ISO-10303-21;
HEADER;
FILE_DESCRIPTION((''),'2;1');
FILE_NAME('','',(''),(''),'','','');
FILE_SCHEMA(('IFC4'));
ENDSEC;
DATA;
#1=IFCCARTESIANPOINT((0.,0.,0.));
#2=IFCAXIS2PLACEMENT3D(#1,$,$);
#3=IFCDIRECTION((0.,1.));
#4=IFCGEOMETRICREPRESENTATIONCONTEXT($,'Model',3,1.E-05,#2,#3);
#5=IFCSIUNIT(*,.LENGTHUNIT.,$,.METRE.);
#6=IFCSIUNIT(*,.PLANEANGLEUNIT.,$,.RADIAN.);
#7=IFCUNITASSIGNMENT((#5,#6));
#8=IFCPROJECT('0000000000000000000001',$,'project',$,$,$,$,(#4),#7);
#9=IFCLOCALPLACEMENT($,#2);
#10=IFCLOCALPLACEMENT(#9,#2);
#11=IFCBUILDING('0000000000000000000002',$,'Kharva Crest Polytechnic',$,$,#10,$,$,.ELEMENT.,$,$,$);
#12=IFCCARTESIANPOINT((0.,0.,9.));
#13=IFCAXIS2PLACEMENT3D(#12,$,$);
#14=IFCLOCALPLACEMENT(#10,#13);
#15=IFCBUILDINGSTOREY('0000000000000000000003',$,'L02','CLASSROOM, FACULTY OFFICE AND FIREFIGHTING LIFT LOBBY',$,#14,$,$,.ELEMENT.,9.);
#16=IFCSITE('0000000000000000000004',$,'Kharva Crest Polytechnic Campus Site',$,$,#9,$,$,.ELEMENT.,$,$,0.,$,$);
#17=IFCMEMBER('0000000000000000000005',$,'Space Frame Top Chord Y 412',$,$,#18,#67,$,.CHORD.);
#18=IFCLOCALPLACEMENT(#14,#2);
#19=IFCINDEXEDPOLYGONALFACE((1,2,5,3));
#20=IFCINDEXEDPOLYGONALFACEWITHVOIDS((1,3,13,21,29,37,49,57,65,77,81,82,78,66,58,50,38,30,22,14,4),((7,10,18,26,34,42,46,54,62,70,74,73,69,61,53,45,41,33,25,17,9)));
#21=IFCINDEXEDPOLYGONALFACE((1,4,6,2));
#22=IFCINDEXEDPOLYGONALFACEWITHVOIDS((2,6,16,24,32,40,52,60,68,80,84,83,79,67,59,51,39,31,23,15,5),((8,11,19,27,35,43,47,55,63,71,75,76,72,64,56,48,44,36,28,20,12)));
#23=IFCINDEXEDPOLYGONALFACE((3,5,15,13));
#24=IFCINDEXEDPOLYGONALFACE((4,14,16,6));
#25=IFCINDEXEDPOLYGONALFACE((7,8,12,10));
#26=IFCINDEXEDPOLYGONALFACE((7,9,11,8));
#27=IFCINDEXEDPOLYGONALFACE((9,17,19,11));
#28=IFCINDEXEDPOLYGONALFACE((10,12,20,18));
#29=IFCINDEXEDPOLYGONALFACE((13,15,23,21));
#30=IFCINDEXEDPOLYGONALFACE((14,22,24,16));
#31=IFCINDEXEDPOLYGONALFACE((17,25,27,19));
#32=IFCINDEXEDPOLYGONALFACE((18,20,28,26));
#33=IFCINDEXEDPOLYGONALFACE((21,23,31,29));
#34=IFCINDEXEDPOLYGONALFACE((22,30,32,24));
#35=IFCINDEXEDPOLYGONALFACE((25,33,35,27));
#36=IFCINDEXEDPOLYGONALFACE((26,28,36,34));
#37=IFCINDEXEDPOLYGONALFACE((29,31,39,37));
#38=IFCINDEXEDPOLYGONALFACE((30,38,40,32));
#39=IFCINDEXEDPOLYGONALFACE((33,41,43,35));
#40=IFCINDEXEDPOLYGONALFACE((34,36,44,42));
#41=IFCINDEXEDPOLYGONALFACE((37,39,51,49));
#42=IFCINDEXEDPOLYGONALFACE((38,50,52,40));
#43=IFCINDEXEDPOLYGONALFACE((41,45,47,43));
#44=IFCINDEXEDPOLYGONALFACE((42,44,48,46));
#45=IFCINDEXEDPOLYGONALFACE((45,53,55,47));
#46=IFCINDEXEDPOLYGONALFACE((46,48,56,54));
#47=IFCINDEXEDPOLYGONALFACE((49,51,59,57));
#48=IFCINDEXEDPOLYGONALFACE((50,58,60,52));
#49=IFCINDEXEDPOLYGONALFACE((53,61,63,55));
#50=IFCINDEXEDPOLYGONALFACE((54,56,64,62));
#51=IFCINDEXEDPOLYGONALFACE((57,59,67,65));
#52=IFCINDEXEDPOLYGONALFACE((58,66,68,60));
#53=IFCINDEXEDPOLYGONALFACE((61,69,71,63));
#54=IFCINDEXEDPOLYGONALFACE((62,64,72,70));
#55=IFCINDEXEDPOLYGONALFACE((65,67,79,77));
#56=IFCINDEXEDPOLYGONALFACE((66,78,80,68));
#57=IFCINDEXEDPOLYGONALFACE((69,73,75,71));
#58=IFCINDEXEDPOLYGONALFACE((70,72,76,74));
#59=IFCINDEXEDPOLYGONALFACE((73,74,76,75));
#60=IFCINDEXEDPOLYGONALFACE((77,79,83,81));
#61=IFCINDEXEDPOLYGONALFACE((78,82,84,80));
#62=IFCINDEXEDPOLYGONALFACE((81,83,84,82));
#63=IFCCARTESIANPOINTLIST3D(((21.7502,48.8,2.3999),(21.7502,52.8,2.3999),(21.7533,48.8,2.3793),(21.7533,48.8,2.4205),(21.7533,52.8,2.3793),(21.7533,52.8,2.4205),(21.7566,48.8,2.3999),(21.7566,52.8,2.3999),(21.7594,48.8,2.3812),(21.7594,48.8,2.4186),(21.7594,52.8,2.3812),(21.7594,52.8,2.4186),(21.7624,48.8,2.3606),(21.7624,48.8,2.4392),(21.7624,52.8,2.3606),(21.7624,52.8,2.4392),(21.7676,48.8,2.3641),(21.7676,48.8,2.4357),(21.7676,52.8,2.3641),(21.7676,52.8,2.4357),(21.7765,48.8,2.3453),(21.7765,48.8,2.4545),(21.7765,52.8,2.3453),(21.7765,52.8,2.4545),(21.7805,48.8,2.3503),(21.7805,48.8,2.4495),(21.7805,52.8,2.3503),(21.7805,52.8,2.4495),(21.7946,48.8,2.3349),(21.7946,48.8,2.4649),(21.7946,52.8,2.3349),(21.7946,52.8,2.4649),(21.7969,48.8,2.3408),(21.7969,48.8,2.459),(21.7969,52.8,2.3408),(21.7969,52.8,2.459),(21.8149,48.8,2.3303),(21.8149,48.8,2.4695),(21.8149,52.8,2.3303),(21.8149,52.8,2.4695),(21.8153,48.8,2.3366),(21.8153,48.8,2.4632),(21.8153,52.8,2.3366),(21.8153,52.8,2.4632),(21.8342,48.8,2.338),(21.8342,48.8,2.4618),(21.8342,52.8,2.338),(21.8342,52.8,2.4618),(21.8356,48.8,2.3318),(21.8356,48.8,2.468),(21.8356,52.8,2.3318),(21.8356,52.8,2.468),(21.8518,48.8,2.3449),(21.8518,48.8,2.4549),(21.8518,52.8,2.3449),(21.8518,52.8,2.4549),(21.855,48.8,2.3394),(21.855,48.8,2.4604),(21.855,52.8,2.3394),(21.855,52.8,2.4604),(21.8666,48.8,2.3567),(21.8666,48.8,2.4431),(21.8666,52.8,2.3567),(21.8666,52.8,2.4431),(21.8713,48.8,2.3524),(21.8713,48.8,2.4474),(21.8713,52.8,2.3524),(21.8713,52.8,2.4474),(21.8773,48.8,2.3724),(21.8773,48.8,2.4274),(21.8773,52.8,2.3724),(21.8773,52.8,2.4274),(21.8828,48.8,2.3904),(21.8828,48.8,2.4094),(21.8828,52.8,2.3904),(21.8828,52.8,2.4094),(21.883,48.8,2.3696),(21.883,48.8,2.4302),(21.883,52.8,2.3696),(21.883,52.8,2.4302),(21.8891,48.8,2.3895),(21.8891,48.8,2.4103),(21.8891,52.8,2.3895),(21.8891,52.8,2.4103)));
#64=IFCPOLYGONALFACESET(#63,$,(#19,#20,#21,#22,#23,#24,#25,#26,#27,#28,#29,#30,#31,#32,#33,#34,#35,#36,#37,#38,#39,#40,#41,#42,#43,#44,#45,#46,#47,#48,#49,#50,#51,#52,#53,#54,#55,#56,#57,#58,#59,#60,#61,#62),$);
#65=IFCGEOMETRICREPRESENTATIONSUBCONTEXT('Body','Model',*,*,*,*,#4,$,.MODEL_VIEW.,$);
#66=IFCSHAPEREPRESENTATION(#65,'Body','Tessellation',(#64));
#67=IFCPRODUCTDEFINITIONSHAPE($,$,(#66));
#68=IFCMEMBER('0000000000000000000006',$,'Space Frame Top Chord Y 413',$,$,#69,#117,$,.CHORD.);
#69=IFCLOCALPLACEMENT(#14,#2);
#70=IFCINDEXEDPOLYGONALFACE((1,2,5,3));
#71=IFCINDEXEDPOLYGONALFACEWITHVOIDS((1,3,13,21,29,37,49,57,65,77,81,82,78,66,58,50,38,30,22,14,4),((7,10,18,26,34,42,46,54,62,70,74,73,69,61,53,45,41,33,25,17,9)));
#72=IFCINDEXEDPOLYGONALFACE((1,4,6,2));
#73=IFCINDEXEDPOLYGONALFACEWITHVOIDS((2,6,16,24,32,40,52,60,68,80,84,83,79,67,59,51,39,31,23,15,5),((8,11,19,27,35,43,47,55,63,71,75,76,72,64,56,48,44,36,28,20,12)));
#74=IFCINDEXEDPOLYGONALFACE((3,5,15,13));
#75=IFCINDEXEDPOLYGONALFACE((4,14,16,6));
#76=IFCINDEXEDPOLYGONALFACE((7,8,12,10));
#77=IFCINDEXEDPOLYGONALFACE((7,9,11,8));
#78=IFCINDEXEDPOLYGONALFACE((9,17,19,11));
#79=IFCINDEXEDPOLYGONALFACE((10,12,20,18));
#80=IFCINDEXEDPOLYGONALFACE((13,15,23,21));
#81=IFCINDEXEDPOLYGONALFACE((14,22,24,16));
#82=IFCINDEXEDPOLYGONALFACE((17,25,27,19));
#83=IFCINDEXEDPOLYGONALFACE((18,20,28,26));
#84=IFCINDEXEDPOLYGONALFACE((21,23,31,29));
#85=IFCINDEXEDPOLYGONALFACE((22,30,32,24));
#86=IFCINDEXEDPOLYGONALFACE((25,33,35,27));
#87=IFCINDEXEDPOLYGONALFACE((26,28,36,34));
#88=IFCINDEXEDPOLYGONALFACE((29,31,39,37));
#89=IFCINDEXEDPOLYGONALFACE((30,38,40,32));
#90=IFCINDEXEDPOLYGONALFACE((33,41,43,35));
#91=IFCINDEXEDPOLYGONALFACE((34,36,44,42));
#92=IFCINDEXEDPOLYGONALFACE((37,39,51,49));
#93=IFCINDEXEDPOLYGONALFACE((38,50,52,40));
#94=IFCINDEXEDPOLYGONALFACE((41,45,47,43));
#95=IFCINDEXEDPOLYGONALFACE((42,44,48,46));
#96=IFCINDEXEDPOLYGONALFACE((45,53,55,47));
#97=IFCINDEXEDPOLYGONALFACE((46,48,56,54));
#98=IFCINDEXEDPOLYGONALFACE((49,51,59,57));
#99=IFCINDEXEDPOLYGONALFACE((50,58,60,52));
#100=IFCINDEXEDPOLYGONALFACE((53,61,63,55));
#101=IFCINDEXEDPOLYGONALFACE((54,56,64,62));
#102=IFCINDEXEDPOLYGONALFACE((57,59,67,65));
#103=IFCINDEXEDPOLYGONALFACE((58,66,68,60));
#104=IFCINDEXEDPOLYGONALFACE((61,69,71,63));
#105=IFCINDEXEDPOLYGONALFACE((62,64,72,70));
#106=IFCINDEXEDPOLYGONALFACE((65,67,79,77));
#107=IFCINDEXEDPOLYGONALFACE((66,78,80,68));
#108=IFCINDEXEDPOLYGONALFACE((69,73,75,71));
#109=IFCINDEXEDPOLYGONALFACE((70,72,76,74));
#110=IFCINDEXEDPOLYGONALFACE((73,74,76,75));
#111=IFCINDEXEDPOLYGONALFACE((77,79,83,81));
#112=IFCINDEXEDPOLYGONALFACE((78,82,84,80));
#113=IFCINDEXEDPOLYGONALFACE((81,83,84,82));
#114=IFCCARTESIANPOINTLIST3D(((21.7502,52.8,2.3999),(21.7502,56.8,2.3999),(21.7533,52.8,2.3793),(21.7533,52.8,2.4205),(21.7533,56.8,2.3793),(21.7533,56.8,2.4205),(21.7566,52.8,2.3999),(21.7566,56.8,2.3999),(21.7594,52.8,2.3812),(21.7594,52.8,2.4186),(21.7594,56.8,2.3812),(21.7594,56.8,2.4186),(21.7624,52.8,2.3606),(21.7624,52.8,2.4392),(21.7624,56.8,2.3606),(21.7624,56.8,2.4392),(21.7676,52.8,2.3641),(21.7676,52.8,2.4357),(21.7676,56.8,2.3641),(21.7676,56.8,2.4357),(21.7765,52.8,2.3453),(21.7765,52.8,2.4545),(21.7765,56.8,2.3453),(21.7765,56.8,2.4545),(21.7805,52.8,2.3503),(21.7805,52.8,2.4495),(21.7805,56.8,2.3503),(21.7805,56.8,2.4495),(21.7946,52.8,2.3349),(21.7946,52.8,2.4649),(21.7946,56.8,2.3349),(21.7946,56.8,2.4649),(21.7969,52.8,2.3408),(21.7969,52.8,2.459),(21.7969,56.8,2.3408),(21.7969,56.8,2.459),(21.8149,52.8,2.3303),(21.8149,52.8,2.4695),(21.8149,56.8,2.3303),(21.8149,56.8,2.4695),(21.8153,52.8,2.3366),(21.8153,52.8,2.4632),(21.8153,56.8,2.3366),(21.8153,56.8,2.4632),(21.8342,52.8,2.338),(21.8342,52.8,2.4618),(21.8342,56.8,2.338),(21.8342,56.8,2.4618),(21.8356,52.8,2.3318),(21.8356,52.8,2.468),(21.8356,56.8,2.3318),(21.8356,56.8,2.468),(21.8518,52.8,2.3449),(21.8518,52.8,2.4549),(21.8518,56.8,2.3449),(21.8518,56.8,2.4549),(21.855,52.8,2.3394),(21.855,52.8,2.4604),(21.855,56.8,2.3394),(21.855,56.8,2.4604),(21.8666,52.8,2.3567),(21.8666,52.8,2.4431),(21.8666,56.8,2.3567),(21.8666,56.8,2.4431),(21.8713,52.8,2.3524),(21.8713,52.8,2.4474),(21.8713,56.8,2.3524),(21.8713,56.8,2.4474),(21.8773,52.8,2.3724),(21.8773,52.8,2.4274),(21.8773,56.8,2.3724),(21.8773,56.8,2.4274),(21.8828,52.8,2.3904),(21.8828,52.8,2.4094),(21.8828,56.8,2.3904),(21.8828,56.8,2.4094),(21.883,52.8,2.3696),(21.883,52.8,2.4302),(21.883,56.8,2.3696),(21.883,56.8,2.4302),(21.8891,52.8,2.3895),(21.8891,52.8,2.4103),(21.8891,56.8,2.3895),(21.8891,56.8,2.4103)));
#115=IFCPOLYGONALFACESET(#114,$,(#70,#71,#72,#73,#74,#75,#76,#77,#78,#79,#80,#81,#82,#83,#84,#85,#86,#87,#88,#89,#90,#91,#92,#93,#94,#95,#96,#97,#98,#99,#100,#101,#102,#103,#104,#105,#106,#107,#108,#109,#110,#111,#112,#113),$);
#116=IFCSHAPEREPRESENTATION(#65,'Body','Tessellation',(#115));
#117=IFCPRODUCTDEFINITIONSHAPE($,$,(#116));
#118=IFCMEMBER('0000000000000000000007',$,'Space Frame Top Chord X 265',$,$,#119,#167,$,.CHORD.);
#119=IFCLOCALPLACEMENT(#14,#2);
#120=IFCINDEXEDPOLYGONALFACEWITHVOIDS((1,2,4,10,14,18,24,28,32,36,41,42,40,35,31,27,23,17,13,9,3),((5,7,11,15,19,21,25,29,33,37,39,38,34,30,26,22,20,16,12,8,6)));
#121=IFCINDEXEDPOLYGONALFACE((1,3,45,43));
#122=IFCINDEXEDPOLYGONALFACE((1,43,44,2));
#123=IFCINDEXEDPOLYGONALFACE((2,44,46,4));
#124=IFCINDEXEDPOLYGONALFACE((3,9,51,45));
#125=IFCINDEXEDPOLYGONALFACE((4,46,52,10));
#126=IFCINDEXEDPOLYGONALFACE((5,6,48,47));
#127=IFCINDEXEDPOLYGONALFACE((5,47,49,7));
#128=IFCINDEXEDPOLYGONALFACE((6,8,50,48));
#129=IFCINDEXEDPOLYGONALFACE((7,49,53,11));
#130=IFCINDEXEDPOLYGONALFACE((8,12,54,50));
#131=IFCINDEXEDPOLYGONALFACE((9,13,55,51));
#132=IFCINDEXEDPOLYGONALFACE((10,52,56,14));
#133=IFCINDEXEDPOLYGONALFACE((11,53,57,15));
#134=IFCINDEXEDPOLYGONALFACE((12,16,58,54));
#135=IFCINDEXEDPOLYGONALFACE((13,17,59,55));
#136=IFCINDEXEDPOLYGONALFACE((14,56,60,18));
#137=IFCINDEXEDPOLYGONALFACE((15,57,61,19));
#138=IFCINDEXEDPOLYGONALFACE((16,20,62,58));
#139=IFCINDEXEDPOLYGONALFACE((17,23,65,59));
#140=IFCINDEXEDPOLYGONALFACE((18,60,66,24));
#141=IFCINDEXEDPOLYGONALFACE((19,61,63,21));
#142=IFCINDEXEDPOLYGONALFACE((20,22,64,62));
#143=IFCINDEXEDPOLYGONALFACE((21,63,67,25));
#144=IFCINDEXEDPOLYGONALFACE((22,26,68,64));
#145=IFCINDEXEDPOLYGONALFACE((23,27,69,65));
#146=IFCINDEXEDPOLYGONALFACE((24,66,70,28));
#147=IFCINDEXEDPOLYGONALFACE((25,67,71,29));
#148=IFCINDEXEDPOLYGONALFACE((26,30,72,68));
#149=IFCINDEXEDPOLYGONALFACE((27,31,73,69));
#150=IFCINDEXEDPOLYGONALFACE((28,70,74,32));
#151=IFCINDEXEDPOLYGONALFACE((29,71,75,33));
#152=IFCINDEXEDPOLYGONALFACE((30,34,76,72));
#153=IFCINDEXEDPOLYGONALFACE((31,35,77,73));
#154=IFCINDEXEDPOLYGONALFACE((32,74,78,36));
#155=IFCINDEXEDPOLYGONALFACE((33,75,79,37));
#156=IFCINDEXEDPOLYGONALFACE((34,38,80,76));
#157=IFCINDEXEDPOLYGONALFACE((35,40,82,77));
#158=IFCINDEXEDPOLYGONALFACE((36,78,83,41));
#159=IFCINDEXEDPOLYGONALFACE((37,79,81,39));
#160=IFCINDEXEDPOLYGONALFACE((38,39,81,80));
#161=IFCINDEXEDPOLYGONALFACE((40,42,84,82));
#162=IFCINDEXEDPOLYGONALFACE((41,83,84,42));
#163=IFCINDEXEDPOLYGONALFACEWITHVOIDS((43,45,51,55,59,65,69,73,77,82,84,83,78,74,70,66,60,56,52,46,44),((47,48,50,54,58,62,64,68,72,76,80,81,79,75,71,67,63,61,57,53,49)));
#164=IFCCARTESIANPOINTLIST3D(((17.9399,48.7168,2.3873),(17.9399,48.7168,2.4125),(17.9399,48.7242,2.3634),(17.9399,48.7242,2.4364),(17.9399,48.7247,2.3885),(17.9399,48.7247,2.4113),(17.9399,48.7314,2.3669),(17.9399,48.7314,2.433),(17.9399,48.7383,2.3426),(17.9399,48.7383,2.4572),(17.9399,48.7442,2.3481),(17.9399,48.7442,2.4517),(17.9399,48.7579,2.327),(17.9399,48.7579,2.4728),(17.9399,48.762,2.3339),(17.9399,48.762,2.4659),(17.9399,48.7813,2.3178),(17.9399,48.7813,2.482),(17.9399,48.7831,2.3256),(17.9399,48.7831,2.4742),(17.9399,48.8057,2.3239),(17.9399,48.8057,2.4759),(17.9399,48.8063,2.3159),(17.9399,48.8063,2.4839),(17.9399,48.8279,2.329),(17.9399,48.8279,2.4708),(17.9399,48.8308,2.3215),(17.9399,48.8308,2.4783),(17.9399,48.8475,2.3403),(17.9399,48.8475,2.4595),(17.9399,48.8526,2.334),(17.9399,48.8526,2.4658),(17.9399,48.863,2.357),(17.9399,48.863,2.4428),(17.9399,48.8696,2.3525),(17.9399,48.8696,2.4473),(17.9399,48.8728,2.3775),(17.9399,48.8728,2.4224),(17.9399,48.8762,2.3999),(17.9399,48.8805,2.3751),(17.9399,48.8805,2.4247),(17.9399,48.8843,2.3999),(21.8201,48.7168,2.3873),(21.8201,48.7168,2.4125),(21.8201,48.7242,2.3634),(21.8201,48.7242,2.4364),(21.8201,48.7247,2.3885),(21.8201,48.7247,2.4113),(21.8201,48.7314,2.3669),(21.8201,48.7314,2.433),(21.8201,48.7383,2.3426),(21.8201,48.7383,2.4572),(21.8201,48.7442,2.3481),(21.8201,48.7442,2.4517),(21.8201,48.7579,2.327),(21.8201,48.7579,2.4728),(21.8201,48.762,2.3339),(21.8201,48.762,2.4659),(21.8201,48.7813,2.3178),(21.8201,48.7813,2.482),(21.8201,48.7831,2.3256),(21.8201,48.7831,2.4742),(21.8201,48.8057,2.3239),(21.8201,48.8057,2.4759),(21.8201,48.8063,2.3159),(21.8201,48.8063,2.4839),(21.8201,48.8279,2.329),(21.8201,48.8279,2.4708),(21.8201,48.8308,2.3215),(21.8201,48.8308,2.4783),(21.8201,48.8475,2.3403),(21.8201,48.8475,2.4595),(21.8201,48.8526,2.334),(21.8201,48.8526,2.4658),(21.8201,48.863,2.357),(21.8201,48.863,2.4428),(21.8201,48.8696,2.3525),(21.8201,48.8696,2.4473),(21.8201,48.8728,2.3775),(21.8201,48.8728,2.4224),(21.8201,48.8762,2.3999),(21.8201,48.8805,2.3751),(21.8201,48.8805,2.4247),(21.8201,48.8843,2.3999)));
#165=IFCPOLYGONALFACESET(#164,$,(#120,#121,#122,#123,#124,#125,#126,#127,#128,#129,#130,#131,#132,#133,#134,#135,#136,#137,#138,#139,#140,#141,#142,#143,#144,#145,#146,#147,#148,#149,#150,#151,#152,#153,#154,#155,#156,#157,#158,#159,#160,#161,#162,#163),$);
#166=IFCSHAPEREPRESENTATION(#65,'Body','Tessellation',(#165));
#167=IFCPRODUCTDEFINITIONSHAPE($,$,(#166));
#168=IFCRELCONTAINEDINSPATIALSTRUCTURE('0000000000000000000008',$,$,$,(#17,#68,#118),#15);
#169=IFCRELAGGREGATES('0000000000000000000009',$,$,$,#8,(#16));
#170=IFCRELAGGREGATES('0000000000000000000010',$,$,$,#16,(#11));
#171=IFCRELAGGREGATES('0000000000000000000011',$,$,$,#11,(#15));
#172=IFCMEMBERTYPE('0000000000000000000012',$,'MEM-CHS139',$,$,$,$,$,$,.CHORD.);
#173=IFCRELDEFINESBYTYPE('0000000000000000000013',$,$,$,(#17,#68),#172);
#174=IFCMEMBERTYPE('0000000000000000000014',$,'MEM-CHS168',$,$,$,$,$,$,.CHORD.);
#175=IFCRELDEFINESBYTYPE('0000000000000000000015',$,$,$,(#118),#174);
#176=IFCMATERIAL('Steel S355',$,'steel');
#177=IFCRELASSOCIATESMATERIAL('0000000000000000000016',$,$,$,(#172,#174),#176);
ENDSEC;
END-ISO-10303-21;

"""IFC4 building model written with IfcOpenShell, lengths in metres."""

from ifc_helpers import new_model, si_unit, direction, frame, origin, origin_2d, place, context, subcontext, project, spatial, hollow_circle, extrude, material, material_profile, profile_set, type_object, element, save


model = new_model("IFC4")

# Units and contexts
model_context = context("Model", 3, precision=1e-05, world=origin(), true_north=direction((0.0, 1.0)))
body_context = subcontext(model_context, "Body", "Model", "MODEL_VIEW")
ifc_project = project(units=[si_unit("LENGTHUNIT", "METRE"), si_unit("PLANEANGLEUNIT", "RADIAN")], contexts=[model_context])

# Site, building, storey
site_placement = place(None, origin())
site = spatial("IfcSite", under=ifc_project, at=site_placement, Name="Kharva Crest Polytechnic Campus Site", CompositionType="ELEMENT", RefElevation=0.0)
building_placement = place(site_placement, origin())
building = spatial("IfcBuilding", under=site, at=building_placement, Name="Kharva Crest Polytechnic", CompositionType="ELEMENT")
storey_placement = place(building_placement, frame((0.0, 0.0, 9.0)))
storey = spatial("IfcBuildingStorey", under=building, at=storey_placement, Name="L02", Description="CLASSROOM, FACULTY OFFICE AND FIREFIGHTING LIFT LOBBY", CompositionType="ELEMENT", Elevation=9.0)

# Shared definitions
ifc_material_1 = material(Name="Steel S355", Category="steel")

# Members
ifc_material_profile_1 = material_profile(ifc_material_1, hollow_circle(Radius=0.0698, WallThickness=0.0063, at=origin_2d()), Name="CHS 139.7X6.3")
ifc_profile_set_1 = profile_set([ifc_material_profile_1], Name="Steel S355")
member_type_1 = type_object("IfcMemberType", Name="MEM-CHS139", PredefinedType="CHORD", material=ifc_profile_set_1)
for number, where, z_axis, x_axis, name in (
    (1, (21.8201, 48.8, 2.3999), (0.0, 1.0, 0.0), (-1.0, 0.0, 0.0), "Space Frame Top Chord Y 412"),
    (2, (21.8201, 52.8, 2.3999), (0.0, 1.0, 0.0), (-1.0, 0.0, 0.0), "Space Frame Top Chord Y 413"),
):
    element("IfcMember", number, at=place(storey_placement, frame(where, z_axis=z_axis, x_axis=x_axis)), inside=storey, type_object=member_type_1, Name=name, PredefinedType="CHORD", context=body_context, shape_type="SweptSolid", body=[
        extrude(hollow_circle(Radius=0.0698, WallThickness=0.0063, at=origin_2d()), origin(), (0.0, 0.0, 1.0), 4.0),
    ])
ifc_material_profile_2 = material_profile(ifc_material_1, hollow_circle(Radius=0.0842, WallThickness=0.0081, at=origin_2d()), Name="CHS 168.3X8.0")
ifc_profile_set_2 = profile_set([ifc_material_profile_2], Name="Steel S355")
member_type_2 = type_object("IfcMemberType", Name="MEM-CHS168", PredefinedType="CHORD", material=ifc_profile_set_2)
member_1_placement = place(storey_placement, frame((17.9399, 48.8, 2.3999), z_axis=(1.0, 0.0, 0.0), x_axis=(0.0, 1.0, 0.0)))
element("IfcMember", 3, at=member_1_placement, inside=storey, type_object=member_type_2, Name="Space Frame Top Chord X 265", PredefinedType="CHORD", context=body_context, shape_type="SweptSolid", body=[
    extrude(hollow_circle(Radius=0.0842, WallThickness=0.0081, at=origin_2d()), origin(), (0.0, 0.0, 1.0), 3.8801),
])

save(model, "model.ifc")
